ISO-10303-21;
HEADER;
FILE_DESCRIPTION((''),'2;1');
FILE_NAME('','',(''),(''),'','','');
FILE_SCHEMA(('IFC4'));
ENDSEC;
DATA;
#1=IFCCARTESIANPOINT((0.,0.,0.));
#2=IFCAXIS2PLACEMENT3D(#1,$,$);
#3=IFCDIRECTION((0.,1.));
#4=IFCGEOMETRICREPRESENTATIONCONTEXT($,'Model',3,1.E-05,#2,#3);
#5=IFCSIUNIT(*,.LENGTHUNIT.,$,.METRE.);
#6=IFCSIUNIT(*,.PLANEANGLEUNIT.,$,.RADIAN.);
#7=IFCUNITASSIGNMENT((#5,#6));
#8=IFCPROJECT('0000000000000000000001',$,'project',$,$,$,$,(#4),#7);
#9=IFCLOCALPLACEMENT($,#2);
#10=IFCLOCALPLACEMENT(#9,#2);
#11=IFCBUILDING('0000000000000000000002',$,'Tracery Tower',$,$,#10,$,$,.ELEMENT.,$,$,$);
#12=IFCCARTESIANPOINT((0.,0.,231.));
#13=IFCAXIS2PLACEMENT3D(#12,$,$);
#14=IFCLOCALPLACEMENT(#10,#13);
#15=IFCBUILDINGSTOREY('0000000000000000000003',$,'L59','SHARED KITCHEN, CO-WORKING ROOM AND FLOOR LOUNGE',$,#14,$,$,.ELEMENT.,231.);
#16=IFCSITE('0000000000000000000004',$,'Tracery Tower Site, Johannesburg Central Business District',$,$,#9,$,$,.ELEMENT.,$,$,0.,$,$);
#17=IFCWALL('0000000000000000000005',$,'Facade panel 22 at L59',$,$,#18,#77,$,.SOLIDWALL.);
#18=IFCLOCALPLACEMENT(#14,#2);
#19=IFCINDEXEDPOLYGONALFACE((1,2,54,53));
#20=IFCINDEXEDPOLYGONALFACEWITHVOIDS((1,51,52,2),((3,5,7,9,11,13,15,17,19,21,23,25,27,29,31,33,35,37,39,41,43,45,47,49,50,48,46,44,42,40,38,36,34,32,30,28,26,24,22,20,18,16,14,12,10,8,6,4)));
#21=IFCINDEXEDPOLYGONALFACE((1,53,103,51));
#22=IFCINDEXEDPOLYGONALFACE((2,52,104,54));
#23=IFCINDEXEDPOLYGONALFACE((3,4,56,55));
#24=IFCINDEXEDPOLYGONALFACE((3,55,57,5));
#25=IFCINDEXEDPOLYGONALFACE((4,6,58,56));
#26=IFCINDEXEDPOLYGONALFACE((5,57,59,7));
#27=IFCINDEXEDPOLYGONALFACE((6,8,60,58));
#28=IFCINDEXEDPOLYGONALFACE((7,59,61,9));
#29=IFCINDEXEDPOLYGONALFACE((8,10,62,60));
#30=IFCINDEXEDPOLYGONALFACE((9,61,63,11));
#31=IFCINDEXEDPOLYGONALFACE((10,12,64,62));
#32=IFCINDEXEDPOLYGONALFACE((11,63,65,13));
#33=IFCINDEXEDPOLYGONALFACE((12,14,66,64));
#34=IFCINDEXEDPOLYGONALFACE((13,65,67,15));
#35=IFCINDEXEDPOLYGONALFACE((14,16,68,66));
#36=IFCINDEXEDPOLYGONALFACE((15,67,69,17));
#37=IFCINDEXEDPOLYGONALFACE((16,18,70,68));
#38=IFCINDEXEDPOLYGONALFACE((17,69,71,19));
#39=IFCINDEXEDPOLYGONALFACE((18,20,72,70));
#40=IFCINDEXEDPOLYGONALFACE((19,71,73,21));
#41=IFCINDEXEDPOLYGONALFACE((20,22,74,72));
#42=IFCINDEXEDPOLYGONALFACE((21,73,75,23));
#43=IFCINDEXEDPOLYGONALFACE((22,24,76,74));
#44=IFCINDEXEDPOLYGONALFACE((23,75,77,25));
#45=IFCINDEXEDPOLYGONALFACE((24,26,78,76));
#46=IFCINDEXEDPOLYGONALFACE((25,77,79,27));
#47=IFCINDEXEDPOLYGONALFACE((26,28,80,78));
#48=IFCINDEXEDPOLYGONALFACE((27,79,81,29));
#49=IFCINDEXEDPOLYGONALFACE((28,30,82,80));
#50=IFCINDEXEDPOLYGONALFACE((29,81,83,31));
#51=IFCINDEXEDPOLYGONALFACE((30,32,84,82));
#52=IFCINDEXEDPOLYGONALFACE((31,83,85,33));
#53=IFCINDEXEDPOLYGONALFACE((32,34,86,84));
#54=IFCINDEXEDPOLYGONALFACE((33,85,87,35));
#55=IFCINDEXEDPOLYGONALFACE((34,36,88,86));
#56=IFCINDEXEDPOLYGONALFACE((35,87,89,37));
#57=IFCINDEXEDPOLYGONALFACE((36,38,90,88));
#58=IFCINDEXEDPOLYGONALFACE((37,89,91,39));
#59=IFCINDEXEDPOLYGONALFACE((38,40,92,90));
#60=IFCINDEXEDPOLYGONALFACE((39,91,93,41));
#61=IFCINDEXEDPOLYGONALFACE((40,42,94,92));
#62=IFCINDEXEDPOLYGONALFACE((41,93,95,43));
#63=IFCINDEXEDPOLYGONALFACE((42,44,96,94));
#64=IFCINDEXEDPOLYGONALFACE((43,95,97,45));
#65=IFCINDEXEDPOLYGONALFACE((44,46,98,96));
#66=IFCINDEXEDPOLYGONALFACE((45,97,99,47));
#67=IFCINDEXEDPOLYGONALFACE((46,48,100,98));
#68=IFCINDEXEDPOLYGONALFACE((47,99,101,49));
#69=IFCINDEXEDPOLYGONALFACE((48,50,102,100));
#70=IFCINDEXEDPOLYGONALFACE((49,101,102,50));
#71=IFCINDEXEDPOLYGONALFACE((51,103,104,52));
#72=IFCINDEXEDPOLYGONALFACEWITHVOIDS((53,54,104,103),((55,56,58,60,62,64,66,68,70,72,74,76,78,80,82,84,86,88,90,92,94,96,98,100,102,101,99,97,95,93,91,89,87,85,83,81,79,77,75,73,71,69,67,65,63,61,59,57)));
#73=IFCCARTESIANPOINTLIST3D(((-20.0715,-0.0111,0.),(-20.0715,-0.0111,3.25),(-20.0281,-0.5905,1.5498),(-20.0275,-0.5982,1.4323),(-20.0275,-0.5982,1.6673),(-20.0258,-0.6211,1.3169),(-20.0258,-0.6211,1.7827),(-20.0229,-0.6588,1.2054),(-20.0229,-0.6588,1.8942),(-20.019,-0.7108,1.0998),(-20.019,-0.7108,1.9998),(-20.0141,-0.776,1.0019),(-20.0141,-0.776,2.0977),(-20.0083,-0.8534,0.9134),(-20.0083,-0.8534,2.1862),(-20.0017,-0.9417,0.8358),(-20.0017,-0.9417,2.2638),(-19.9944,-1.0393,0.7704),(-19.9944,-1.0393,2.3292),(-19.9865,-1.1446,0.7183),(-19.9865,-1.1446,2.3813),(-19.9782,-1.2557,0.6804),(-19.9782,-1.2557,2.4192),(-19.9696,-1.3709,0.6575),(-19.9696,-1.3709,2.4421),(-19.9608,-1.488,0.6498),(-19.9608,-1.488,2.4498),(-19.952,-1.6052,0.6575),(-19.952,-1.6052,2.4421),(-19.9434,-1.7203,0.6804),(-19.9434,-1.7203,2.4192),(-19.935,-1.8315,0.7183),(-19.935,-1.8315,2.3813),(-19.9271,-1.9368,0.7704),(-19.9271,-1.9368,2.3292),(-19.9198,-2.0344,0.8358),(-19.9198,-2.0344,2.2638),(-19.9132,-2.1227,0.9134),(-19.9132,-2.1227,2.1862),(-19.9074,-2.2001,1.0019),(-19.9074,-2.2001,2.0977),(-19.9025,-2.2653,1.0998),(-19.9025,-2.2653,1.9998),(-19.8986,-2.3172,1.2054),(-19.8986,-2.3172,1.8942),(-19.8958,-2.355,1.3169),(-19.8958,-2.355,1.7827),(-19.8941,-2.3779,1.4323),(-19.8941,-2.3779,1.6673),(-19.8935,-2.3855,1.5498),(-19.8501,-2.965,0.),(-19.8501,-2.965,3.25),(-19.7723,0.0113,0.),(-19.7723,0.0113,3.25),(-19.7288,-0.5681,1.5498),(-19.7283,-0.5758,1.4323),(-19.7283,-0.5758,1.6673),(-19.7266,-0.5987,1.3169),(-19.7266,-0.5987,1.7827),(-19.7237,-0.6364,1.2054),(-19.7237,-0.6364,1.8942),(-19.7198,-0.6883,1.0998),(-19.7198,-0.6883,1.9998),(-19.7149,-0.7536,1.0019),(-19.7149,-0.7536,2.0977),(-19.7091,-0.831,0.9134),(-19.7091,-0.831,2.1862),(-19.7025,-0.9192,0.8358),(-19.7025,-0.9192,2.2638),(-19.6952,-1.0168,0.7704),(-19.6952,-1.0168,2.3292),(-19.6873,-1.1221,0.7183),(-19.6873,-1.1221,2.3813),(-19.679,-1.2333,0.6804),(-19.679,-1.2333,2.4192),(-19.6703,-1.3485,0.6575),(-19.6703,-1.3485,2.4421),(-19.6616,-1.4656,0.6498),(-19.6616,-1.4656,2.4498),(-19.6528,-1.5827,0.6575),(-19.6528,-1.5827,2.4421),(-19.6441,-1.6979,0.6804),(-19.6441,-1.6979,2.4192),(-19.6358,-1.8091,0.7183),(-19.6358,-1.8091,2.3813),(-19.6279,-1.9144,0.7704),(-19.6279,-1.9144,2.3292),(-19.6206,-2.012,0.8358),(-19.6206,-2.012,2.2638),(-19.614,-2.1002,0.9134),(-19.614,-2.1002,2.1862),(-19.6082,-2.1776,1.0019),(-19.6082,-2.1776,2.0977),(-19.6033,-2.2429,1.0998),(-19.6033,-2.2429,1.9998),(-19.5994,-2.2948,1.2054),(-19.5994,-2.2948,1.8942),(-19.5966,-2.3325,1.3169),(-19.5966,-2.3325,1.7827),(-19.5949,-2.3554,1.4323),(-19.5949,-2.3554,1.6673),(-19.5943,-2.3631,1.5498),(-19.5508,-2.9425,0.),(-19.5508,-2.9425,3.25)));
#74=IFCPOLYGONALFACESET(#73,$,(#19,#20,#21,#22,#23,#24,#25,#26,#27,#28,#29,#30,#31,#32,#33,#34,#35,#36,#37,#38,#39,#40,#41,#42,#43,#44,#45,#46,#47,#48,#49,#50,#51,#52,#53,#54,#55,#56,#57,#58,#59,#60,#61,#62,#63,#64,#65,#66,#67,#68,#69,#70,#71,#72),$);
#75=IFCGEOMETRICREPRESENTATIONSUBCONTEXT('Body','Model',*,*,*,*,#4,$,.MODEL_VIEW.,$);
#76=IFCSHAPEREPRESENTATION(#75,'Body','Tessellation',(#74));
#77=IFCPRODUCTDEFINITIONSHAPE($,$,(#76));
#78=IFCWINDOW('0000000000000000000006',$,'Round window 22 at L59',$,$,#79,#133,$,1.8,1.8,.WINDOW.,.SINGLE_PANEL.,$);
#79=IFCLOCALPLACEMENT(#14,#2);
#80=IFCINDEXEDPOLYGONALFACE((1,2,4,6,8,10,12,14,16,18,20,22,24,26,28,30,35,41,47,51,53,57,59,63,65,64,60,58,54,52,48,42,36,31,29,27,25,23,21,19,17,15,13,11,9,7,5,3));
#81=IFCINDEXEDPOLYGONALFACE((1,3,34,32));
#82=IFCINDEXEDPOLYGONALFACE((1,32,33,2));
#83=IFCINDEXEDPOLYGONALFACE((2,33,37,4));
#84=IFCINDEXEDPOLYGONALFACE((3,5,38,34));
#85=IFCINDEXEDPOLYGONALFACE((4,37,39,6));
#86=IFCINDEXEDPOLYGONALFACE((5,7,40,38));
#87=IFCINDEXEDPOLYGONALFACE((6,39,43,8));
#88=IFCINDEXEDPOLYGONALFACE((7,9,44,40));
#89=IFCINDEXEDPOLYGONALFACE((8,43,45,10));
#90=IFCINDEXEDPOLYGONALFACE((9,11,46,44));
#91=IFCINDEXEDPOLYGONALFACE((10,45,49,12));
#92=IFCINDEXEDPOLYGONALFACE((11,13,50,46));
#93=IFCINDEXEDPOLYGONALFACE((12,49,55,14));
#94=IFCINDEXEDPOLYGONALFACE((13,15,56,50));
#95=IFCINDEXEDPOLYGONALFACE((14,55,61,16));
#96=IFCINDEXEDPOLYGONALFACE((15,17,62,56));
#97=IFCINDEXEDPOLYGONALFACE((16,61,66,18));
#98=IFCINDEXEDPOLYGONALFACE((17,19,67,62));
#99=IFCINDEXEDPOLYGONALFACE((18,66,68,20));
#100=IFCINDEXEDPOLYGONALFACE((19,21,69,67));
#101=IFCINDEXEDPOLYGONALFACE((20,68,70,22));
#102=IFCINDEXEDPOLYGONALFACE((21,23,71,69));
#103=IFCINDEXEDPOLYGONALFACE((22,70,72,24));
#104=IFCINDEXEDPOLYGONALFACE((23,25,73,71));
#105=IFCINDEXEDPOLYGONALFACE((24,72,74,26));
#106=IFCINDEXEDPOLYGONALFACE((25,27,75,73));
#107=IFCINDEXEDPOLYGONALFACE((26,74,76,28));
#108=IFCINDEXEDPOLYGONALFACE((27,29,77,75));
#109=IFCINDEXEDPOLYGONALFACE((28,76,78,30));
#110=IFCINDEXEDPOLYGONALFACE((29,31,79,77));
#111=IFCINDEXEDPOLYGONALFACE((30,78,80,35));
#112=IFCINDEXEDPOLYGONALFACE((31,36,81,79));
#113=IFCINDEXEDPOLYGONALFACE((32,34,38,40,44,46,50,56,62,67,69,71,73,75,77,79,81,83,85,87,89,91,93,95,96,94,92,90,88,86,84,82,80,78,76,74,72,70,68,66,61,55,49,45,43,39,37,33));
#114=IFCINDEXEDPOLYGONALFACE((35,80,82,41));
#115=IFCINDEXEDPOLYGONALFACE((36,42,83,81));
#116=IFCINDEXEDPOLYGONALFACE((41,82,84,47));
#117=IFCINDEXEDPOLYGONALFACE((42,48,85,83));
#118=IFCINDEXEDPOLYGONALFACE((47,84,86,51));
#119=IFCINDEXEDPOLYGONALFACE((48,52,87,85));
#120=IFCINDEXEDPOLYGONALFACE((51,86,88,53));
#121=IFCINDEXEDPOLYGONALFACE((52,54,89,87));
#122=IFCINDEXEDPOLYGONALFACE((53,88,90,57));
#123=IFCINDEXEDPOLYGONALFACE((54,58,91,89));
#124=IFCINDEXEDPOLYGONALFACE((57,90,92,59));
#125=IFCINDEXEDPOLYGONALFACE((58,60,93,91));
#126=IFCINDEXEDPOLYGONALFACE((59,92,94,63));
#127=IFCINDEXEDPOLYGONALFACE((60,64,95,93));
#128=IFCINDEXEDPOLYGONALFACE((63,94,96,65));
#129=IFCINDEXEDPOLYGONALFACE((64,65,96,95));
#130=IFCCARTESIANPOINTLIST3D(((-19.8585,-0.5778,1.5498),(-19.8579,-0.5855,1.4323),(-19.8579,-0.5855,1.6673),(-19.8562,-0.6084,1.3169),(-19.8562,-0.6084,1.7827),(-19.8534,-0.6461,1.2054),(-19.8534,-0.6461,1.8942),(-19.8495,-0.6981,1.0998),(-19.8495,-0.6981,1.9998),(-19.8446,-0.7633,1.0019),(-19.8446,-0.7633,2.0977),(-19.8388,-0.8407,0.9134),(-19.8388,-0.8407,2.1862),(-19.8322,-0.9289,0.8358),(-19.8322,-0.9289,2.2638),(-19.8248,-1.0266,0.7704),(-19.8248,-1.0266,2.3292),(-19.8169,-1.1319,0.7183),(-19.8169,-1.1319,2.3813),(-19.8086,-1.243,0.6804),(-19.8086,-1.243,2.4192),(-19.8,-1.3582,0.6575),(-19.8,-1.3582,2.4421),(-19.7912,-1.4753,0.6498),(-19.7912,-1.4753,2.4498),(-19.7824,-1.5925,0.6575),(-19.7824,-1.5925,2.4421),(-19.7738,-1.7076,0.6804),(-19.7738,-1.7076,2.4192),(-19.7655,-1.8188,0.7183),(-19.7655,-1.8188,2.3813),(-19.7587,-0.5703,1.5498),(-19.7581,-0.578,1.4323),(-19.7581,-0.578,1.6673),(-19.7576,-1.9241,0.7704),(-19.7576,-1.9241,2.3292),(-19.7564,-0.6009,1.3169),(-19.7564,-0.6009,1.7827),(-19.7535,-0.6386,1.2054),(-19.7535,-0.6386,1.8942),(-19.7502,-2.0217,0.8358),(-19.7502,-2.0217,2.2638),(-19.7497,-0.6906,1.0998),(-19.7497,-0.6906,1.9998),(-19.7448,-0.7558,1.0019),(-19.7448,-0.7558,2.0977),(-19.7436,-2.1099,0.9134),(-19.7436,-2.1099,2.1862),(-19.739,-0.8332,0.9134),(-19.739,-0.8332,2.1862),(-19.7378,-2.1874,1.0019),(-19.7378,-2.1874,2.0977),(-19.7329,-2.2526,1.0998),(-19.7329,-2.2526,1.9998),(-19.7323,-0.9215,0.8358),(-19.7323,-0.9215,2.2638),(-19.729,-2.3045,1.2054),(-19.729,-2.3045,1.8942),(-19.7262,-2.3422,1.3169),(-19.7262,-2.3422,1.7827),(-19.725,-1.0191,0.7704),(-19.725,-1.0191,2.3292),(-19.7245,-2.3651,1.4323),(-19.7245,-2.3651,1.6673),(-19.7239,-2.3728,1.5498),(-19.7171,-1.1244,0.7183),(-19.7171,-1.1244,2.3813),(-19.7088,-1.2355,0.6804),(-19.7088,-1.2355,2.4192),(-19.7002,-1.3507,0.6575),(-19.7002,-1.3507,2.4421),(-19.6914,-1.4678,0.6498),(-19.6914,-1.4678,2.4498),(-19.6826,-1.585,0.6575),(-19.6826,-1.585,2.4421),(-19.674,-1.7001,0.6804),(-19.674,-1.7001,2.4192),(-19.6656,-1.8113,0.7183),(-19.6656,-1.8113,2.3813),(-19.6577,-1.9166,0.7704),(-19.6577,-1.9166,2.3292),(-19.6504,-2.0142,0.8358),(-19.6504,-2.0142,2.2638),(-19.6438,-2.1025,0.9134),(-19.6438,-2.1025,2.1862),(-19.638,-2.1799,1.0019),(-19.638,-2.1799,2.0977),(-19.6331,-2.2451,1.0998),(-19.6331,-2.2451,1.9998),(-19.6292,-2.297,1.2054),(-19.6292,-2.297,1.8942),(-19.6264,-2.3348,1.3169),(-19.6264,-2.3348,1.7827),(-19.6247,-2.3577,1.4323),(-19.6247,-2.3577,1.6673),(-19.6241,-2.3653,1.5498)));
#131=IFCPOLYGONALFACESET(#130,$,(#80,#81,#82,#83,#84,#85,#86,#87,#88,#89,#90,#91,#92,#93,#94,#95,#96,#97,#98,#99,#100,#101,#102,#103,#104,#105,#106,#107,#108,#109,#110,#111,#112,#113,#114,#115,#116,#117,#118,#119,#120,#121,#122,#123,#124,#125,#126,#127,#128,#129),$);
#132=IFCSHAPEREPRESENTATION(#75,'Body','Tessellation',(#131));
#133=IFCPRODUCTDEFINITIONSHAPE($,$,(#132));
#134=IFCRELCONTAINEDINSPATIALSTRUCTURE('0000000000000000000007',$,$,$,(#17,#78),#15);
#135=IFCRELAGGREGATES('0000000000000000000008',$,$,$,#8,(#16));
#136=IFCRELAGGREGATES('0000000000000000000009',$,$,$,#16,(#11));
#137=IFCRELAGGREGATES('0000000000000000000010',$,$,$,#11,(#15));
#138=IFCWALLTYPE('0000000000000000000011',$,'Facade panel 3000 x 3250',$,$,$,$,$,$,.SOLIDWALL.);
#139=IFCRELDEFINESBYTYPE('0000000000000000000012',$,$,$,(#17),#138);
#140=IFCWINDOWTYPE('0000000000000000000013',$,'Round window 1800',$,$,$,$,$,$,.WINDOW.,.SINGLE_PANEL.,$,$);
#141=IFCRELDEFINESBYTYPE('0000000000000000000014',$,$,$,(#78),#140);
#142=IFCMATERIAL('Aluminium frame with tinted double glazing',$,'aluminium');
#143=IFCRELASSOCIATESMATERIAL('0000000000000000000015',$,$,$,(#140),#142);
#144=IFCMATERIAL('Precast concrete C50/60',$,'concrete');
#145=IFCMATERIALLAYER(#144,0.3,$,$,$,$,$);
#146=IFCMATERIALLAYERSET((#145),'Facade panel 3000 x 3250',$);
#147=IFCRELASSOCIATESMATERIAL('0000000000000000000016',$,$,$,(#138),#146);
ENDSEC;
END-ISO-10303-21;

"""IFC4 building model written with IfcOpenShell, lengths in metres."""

from ifc_helpers import new_model, si_unit, direction, frame, frame_2d, origin, origin_2d, place, context, subcontext, project, spatial, rectangle, circle, extrude, material, layer, layer_set, type_object, element, fill, save


model = new_model("IFC4")

# Units and contexts
model_context = context("Model", 3, precision=1e-05, world=origin(), true_north=direction((0.0, 1.0)))
body_context = subcontext(model_context, "Body", "Model", "MODEL_VIEW")
ifc_project = project(units=[si_unit("LENGTHUNIT", "METRE"), si_unit("PLANEANGLEUNIT", "RADIAN")], contexts=[model_context])

# Site, building, storey
site_placement = place(None, origin())
site = spatial("IfcSite", under=ifc_project, at=site_placement, Name="Tracery Tower Site, Johannesburg Central Business District", CompositionType="ELEMENT", RefElevation=0.0)
building_placement = place(site_placement, origin())
building = spatial("IfcBuilding", under=site, at=building_placement, Name="Tracery Tower", CompositionType="ELEMENT")
storey_placement = place(building_placement, frame((0.0, 0.0, 231.0)))
storey = spatial("IfcBuildingStorey", under=building, at=storey_placement, Name="L59", Description="SHARED KITCHEN, CO-WORKING ROOM AND FLOOR LOUNGE", CompositionType="ELEMENT", Elevation=231.0)

# Wall, opening, window
ifc_material_1 = material(Name="Aluminium frame with tinted double glazing", Category="aluminium")
window_type = type_object("IfcWindowType", Name="Round window 1800", PartitioningType="SINGLE_PANEL", PredefinedType="WINDOW", material=ifc_material_1)
ifc_material_2 = material(Name="Precast concrete C50/60", Category="concrete")
ifc_layer_1 = layer(ifc_material_2, 0.3)
ifc_layer_set_1 = layer_set([ifc_layer_1], Name="Facade panel 3000 x 3250")
wall_type_1 = type_object("IfcWallType", Name="Facade panel 3000 x 3250", PredefinedType="SOLIDWALL", material=ifc_layer_set_1)
wall_1_placement = place(storey_placement, frame((-19.9219, 0.0, 0.0), z_axis=(0.0, 0.0, 1.0), x_axis=(0.074755, -0.997202, 0.0)))
wall_1 = element("IfcWall", 1, at=wall_1_placement, inside=storey, type_object=wall_type_1, Name="Facade panel 22 at L59", PredefinedType="SOLIDWALL", context=body_context, shape_type="SweptSolid", body=[
    extrude(rectangle(XDim=2.9622, YDim=0.3, at=frame_2d((1.481, 0.0))), origin(), (0.0, 0.0, 1.0), 3.25),
])
opening_1_placement = place(wall_1_placement, frame((1.481, 0.0, 1.5498)))
opening_1 = element("IfcOpeningElement", 2, at=opening_1_placement, cuts=wall_1, PredefinedType="OPENING", context=body_context, shape_type="SweptSolid", body=[
    extrude(circle(Radius=0.9, at=origin_2d()), frame((0.0, 0.1599, 0.0), z_axis=(0.0, -1.0, 0.0), x_axis=(1.0, 0.0, 0.0)), (0.0, 0.0, 1.0), 0.3201),
])
window_1_placement = place(opening_1_placement, origin())
window_1 = element("IfcWindow", 3, at=window_1_placement, inside=storey, type_object=window_type, Name="Round window 22 at L59", OverallHeight=1.8, OverallWidth=1.8, PartitioningType="SINGLE_PANEL", PredefinedType="WINDOW", context=body_context, shape_type="SweptSolid", body=[
    extrude(circle(Radius=0.9, at=origin_2d()), frame((0.0, 0.1201, 0.0), z_axis=(0.0, -1.0, 0.0), x_axis=(1.0, 0.0, 0.0)), (0.0, 0.0, 1.0), 0.1001),
])
fill(opening_1, window_1)

save(model, "model.ifc")
